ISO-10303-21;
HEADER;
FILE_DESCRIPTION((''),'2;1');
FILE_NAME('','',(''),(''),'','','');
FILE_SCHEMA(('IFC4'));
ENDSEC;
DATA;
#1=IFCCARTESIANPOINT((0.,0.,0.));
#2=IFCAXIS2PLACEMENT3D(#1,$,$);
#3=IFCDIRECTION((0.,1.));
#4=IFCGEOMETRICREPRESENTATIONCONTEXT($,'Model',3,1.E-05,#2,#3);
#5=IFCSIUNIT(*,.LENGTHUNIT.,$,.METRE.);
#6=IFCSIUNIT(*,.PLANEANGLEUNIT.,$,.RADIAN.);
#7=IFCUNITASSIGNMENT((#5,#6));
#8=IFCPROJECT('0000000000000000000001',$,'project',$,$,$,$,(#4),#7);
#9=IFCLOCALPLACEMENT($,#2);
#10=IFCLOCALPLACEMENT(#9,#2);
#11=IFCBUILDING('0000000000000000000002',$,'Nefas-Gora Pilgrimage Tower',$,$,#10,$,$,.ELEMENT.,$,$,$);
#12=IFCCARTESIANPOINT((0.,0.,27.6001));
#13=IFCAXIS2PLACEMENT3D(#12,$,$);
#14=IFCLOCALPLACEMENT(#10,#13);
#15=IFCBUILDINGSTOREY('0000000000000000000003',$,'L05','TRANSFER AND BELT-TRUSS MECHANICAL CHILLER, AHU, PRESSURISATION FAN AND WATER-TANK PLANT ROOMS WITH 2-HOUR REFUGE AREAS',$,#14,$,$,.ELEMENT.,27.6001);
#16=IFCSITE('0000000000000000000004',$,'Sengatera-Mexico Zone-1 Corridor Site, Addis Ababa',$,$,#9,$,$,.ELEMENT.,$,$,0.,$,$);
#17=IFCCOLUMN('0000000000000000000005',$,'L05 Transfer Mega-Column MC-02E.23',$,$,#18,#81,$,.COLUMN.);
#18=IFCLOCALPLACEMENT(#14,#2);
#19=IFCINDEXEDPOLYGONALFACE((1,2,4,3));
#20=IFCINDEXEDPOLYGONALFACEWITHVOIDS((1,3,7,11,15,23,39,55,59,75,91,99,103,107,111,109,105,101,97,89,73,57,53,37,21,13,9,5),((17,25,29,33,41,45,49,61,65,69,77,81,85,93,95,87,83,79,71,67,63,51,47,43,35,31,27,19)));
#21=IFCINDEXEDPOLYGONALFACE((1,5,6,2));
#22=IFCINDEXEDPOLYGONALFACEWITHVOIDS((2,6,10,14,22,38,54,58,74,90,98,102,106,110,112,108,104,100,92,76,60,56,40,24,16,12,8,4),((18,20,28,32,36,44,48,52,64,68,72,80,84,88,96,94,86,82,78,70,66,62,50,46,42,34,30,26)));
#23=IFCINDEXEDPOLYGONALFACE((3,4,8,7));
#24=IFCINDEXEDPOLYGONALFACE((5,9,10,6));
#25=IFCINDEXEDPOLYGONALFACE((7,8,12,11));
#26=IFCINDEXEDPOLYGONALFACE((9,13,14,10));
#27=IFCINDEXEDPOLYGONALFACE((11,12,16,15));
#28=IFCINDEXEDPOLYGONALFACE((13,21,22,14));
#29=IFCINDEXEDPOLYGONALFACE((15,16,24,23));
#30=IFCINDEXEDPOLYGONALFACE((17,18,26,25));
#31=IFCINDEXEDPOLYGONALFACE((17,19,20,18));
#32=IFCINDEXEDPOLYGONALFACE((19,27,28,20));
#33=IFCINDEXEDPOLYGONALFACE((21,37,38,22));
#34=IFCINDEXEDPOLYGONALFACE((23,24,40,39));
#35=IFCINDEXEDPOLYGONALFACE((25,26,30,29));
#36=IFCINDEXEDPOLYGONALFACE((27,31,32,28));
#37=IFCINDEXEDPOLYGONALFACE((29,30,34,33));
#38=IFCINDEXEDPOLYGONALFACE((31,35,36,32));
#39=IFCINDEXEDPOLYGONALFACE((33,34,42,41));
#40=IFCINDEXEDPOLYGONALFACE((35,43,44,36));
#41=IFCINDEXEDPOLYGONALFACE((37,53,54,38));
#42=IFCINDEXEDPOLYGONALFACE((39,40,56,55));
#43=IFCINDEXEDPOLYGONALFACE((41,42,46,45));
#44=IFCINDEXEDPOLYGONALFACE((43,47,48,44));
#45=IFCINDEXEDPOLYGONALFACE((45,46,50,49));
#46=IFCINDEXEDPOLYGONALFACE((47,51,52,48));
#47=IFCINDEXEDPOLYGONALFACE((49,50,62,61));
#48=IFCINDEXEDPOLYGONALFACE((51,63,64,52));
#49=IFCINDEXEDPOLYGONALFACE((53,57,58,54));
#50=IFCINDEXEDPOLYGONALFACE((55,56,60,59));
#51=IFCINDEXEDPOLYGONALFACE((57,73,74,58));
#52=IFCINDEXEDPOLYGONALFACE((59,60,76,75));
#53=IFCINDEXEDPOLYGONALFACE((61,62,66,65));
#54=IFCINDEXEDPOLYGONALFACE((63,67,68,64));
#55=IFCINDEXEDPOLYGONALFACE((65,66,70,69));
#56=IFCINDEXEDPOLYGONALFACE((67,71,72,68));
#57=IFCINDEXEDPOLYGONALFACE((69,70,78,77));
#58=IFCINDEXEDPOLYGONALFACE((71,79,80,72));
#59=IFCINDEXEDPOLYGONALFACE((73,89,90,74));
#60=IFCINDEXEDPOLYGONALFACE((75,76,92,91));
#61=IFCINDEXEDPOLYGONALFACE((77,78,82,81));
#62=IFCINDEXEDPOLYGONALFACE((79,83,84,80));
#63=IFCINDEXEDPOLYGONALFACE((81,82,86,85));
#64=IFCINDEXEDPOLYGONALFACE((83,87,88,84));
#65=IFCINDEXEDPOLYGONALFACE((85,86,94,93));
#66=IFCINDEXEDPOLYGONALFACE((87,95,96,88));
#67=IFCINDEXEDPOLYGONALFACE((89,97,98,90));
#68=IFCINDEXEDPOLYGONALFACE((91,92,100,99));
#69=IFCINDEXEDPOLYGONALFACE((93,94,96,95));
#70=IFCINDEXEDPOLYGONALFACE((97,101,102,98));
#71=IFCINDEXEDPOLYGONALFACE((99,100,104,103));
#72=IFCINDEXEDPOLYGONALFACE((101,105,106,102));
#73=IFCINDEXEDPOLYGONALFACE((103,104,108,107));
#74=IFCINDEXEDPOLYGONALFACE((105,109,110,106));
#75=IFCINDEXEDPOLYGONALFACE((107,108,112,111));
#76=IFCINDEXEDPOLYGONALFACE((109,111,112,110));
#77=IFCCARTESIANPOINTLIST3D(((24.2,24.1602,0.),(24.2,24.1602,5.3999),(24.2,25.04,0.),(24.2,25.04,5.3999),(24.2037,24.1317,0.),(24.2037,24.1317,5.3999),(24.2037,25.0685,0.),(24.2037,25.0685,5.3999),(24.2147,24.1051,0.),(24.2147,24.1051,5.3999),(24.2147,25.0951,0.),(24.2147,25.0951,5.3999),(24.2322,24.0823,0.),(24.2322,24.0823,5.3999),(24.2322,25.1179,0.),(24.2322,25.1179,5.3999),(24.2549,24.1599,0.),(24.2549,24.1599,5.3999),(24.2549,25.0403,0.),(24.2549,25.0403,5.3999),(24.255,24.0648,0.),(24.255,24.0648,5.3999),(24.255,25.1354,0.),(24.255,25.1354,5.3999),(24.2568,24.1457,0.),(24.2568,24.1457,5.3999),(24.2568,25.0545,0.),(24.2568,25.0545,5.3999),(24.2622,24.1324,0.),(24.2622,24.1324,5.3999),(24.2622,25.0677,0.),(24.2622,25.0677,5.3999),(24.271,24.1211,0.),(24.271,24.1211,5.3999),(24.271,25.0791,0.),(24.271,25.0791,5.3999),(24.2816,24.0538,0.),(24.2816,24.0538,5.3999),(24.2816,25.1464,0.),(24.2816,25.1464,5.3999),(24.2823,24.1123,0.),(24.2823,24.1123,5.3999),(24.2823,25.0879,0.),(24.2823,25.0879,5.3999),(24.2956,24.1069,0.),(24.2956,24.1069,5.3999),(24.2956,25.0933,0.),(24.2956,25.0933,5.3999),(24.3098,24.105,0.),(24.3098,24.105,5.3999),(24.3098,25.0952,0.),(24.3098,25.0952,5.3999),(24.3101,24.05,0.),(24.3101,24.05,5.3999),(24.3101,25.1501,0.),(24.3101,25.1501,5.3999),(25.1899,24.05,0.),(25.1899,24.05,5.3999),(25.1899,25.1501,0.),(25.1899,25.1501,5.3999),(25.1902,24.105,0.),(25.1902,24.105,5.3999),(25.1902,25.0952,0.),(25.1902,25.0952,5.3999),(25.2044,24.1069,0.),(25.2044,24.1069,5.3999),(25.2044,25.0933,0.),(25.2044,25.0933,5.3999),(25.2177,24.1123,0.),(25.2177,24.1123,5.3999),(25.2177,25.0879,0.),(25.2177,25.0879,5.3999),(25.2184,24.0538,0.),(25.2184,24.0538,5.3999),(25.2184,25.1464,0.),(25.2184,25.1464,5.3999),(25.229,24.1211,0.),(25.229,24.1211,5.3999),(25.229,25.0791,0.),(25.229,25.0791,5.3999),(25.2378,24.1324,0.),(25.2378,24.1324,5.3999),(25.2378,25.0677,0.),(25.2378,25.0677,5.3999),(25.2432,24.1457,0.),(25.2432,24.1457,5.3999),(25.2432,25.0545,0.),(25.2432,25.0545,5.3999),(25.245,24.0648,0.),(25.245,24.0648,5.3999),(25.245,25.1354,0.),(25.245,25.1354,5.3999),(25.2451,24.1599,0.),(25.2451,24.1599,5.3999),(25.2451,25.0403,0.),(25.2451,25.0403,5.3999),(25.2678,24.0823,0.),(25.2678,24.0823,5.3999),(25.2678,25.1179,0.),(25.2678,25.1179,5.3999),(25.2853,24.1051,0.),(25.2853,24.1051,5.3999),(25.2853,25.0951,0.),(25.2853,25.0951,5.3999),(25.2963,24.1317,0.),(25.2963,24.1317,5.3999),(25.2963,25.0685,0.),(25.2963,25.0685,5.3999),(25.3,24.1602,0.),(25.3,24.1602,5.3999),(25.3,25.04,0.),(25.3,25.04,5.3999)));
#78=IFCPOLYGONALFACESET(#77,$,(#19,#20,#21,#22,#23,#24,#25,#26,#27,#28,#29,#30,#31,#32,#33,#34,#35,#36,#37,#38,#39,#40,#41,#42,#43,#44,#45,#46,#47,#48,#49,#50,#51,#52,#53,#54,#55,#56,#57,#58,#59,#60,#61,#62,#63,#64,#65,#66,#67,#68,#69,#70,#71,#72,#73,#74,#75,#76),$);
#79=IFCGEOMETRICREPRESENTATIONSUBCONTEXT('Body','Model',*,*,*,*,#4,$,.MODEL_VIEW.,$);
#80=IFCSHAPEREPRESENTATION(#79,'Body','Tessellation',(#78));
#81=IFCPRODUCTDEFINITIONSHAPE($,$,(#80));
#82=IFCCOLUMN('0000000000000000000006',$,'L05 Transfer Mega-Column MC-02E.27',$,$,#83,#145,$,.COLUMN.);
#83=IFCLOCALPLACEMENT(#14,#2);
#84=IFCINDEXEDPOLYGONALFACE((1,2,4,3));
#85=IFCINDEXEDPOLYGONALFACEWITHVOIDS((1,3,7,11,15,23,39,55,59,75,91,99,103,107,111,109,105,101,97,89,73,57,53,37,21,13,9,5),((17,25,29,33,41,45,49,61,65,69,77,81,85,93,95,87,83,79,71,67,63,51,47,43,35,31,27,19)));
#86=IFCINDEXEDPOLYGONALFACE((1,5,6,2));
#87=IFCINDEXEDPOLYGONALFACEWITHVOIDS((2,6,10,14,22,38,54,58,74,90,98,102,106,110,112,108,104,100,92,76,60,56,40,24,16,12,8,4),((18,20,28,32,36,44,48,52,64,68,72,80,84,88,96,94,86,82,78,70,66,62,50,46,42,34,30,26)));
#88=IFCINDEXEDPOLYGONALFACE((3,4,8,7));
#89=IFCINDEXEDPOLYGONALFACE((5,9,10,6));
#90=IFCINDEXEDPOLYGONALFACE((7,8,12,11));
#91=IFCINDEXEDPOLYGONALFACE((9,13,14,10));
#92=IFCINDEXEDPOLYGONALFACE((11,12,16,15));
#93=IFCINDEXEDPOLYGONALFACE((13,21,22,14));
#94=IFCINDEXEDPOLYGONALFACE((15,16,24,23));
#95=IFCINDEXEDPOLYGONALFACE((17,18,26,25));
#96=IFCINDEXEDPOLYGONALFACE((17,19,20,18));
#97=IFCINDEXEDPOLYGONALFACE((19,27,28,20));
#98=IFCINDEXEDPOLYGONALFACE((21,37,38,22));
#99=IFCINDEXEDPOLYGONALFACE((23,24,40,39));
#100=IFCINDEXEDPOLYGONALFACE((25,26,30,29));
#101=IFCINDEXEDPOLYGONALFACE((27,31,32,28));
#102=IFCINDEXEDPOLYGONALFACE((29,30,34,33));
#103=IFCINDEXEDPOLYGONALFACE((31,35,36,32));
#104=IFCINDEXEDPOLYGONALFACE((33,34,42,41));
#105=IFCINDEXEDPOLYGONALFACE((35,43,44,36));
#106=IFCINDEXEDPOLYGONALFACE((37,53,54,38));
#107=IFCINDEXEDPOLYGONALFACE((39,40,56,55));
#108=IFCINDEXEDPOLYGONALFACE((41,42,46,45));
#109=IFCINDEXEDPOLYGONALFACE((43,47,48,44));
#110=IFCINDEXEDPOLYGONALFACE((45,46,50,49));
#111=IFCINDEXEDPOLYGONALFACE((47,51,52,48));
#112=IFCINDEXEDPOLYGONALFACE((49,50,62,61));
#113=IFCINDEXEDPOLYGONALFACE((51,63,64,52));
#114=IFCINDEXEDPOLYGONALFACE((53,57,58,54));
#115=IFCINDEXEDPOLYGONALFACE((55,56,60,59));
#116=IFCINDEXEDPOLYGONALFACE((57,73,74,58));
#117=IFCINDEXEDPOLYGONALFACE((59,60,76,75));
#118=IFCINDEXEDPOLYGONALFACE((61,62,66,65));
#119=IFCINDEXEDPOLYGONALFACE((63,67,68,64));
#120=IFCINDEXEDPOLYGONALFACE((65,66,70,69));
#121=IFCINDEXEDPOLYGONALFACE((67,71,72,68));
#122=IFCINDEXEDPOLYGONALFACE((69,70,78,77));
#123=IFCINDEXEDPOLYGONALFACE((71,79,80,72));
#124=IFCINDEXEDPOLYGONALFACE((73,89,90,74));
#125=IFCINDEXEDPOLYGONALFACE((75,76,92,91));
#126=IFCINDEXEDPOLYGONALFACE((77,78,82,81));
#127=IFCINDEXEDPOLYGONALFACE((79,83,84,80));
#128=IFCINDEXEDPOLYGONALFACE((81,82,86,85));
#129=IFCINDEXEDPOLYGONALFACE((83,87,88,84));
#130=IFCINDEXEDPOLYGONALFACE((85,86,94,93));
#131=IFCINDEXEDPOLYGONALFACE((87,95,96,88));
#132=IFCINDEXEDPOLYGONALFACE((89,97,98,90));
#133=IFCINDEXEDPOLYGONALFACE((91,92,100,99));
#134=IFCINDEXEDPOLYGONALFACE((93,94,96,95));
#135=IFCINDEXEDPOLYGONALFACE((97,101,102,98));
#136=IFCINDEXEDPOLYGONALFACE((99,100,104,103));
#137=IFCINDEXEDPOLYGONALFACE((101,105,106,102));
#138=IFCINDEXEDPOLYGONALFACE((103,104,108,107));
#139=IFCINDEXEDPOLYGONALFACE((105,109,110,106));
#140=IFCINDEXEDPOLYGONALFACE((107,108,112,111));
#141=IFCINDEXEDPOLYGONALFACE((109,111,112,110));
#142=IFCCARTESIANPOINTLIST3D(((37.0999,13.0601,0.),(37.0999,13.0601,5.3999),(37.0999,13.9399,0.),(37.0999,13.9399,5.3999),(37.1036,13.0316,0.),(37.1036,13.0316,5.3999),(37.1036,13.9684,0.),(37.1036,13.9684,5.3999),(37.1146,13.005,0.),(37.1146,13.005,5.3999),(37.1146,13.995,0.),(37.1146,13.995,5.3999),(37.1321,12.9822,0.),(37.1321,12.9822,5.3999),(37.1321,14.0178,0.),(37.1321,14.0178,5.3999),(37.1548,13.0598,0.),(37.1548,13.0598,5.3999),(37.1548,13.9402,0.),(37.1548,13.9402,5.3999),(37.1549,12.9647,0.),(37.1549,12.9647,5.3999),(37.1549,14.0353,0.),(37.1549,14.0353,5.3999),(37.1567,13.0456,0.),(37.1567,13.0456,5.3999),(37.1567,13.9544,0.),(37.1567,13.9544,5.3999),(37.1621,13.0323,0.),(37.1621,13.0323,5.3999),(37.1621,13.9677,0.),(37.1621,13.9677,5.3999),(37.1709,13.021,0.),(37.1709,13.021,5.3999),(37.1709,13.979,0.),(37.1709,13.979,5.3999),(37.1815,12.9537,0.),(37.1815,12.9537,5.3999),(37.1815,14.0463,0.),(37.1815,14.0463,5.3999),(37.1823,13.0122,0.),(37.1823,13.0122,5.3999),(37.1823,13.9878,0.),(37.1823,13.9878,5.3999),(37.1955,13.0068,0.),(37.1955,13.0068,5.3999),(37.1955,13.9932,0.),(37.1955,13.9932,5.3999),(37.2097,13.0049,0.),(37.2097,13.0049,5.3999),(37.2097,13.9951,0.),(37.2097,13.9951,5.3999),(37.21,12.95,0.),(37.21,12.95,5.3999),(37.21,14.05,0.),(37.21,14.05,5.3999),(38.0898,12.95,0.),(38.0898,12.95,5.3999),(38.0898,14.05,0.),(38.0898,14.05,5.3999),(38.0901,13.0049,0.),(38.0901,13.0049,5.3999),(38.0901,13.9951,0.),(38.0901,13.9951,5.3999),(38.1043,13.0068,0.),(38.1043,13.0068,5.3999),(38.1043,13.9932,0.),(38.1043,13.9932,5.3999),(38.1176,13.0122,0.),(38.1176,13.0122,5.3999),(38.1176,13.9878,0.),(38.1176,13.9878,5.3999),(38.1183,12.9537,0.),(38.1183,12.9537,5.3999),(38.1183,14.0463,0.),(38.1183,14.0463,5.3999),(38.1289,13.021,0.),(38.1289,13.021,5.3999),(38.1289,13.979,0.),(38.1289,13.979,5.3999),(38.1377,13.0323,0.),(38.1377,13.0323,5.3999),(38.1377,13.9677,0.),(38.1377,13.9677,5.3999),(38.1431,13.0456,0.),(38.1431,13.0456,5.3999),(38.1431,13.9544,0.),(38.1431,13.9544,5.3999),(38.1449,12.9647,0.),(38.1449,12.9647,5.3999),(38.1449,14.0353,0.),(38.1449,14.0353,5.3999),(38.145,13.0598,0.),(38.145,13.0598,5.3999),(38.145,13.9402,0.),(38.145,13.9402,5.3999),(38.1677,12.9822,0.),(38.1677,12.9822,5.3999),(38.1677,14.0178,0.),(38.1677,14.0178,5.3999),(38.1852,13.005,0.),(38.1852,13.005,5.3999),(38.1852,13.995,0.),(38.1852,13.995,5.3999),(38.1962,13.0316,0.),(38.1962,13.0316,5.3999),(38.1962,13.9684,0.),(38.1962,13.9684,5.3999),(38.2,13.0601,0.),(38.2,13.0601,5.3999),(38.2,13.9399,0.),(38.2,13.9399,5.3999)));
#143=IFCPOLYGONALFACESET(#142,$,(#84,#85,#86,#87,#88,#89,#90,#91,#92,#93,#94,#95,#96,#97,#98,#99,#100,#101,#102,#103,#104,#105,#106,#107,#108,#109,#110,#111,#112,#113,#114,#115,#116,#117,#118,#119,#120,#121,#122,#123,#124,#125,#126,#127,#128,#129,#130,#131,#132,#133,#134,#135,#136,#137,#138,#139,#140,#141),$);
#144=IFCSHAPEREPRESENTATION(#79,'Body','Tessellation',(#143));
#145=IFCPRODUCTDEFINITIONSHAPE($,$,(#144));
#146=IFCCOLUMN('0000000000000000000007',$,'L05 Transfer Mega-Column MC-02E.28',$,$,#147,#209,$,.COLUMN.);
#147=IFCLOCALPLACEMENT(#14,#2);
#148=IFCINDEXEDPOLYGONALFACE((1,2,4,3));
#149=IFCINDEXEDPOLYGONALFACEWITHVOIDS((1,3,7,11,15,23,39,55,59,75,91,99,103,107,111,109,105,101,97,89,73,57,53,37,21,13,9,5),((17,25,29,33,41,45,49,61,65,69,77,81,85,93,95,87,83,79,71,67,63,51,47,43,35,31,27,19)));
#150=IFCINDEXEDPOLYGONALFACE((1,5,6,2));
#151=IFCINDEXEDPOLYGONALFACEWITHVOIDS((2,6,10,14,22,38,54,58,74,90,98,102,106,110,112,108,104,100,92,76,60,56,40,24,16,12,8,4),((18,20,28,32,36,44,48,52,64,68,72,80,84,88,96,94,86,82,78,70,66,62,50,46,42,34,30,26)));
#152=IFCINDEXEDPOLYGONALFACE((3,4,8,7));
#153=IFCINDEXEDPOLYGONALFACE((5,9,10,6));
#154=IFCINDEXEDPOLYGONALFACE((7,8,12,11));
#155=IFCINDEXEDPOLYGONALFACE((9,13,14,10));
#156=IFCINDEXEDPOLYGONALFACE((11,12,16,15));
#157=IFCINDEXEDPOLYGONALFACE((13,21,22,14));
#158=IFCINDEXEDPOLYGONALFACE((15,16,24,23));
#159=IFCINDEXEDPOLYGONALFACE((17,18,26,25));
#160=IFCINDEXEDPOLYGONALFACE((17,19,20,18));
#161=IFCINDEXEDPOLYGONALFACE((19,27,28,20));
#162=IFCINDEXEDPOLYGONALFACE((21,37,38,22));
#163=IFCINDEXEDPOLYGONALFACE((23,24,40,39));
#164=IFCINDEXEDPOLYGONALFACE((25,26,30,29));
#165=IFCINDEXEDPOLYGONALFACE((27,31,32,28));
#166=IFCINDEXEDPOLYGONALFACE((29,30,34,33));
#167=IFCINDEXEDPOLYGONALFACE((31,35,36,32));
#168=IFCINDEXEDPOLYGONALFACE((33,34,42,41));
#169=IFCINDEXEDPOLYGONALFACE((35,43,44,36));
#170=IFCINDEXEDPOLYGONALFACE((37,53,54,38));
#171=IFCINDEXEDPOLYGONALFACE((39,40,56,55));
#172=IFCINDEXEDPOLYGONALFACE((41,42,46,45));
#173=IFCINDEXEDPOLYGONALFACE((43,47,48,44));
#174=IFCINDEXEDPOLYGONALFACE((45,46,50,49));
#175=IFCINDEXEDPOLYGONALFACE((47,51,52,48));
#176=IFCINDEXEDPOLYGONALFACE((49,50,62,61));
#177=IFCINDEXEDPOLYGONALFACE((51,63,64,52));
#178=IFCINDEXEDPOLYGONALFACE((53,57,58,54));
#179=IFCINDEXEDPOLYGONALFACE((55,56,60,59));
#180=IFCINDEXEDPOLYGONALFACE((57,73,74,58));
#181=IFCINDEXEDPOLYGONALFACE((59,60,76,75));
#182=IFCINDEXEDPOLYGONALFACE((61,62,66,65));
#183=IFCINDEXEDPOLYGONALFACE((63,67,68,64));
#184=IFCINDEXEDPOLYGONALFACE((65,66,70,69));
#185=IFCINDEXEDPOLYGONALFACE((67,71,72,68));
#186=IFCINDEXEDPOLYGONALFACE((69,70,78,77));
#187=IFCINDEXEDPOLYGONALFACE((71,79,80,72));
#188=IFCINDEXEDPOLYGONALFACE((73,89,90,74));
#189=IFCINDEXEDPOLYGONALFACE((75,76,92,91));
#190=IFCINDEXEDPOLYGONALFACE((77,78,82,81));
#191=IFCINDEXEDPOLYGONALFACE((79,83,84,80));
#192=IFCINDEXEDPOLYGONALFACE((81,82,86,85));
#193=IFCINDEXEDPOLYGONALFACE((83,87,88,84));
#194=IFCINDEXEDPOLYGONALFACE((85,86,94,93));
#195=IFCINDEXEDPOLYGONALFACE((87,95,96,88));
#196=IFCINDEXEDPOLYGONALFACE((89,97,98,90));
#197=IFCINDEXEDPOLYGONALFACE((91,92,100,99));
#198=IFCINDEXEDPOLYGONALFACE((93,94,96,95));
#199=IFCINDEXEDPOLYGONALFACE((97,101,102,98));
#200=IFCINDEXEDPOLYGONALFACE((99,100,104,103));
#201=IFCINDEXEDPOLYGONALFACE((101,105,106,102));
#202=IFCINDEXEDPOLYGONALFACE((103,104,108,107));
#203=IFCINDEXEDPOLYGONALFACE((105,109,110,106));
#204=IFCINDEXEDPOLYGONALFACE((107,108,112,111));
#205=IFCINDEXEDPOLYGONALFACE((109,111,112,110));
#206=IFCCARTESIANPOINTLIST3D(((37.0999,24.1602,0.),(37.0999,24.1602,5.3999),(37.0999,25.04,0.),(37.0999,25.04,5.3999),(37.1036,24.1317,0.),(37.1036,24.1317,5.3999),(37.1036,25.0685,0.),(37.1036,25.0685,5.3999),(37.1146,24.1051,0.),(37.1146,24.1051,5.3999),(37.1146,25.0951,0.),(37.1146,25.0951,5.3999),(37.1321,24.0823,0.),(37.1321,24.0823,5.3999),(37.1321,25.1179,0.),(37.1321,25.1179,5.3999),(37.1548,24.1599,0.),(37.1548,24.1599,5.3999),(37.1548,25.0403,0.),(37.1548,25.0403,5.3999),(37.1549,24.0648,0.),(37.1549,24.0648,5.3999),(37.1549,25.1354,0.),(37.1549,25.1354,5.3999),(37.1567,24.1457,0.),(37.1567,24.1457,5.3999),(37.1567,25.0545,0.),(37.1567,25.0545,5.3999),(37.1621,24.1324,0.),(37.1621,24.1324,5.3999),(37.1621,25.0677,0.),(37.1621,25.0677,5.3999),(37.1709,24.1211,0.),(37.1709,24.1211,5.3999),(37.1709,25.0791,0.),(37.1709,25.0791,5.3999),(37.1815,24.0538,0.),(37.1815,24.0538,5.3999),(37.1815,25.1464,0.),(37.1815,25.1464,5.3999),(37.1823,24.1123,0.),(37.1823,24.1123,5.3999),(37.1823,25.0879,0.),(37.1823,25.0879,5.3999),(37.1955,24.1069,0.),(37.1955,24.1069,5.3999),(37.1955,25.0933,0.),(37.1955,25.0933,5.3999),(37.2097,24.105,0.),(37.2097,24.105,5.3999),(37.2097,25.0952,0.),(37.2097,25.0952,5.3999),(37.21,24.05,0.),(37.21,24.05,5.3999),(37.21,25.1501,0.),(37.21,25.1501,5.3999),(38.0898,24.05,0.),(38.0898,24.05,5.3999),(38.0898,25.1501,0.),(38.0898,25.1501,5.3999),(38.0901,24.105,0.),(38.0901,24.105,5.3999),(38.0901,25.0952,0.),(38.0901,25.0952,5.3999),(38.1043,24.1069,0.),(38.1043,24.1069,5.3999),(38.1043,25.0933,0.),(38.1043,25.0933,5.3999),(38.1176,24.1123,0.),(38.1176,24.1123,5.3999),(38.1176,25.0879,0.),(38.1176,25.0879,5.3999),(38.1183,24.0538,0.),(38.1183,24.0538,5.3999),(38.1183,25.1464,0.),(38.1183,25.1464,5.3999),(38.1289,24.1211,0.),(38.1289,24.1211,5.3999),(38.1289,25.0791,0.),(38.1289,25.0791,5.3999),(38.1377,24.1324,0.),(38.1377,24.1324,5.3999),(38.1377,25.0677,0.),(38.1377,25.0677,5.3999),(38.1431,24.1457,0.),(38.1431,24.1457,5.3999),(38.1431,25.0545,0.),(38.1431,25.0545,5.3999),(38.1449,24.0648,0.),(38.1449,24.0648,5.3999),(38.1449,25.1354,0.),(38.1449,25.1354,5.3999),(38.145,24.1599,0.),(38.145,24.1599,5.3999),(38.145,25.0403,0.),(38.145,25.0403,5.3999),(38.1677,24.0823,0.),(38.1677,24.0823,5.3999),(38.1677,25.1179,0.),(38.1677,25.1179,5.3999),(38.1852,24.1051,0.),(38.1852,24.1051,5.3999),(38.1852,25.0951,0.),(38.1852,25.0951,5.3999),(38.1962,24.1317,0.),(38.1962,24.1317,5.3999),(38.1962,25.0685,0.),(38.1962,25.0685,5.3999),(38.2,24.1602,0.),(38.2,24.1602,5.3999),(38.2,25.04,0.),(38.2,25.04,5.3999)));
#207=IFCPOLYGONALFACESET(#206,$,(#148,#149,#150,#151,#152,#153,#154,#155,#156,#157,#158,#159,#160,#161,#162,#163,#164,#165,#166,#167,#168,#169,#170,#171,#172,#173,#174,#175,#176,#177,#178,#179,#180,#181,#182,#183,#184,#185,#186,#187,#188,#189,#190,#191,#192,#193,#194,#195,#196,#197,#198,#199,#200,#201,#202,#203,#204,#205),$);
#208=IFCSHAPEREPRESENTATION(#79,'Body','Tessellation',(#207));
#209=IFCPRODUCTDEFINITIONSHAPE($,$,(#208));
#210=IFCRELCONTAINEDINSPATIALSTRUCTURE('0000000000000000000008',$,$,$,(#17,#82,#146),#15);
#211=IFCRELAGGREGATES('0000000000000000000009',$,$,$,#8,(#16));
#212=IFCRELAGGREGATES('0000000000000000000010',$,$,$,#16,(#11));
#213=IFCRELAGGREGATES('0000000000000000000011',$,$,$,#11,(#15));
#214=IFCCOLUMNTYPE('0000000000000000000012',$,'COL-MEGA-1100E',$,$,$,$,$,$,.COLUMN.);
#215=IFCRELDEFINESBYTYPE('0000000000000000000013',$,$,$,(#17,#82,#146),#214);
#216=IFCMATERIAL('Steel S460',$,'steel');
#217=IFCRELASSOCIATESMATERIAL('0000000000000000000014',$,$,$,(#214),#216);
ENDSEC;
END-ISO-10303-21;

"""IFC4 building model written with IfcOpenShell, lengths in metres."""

from ifc_helpers import new_model, si_unit, direction, frame, origin, origin_2d, place, context, subcontext, project, spatial, hollow_rectangle, extrude, source, transform, mapped, material, material_profile, profile_set, type_object, element, save


model = new_model("IFC4")

# Units and contexts
model_context = context("Model", 3, precision=1e-05, world=origin(), true_north=direction((0.0, 1.0)))
body_context = subcontext(model_context, "Body", "Model", "MODEL_VIEW")
ifc_project = project(units=[si_unit("LENGTHUNIT", "METRE"), si_unit("PLANEANGLEUNIT", "RADIAN")], contexts=[model_context])

# Site, building, storey
site_placement = place(None, origin())
site = spatial("IfcSite", under=ifc_project, at=site_placement, Name="Sengatera-Mexico Zone-1 Corridor Site, Addis Ababa", CompositionType="ELEMENT", RefElevation=0.0)
building_placement = place(site_placement, origin())
building = spatial("IfcBuilding", under=site, at=building_placement, Name="Nefas-Gora Pilgrimage Tower", CompositionType="ELEMENT")
storey_placement = place(building_placement, frame((0.0, 0.0, 27.6001)))
storey = spatial("IfcBuildingStorey", under=building, at=storey_placement, Name="L05", Description="TRANSFER AND BELT-TRUSS MECHANICAL CHILLER, AHU, PRESSURISATION FAN AND WATER-TANK PLANT ROOMS WITH 2-HOUR REFUGE AREAS", CompositionType="ELEMENT", Elevation=27.6001)

# Columns
ifc_material_1 = material(Name="Steel S460", Category="steel")
ifc_material_profile_1 = material_profile(ifc_material_1, hollow_rectangle(XDim=1.1001, YDim=1.1001, WallThickness=0.0549, InnerFilletRadius=0.0549, OuterFilletRadius=0.1101, at=origin_2d()), Name="BOX 1100x1100x55")
ifc_profile_set_1 = profile_set([ifc_material_profile_1], Name="Steel S460")
column_type_1 = type_object("IfcColumnType", Name="COL-MEGA-1100E", PredefinedType="COLUMN", material=ifc_profile_set_1)
shared_shape_1 = source(origin(), body_context, "Body", "SweptSolid", [
    extrude(hollow_rectangle(XDim=1.1001, YDim=1.1001, WallThickness=0.0549, InnerFilletRadius=0.0549, OuterFilletRadius=0.1101, at=origin_2d()), origin(), (0.0, 0.0, 1.0), 5.3999),
])
for number, where, z_axis, x_axis, name in (
    (1, (24.75, 24.6001, 0.0), (0.0, 0.0, 1.0), (1.0, 0.0, 0.0), "L05 Transfer Mega-Column MC-02E.23"),
    (2, (37.6499, 13.5, 0.0), (0.0, 0.0, 1.0), (1.0, 0.0, 0.0), "L05 Transfer Mega-Column MC-02E.27"),
    (3, (37.6499, 24.6001, 0.0), (0.0, 0.0, 1.0), (1.0, 0.0, 0.0), "L05 Transfer Mega-Column MC-02E.28"),
):
    element("IfcColumn", number, at=place(storey_placement, frame(where, z_axis=z_axis, x_axis=x_axis)), inside=storey, type_object=column_type_1, Name=name, PredefinedType="COLUMN", context=body_context, shape_type="MappedRepresentation", body=[
        mapped(shared_shape_1, transform((0.0, 0.0, 0.0), x_axis=(1.0, 0.0, 0.0), y_axis=(0.0, 1.0, 0.0), z_axis=(0.0, 0.0, 1.0), scale=1.0)),
    ])

save(model, "model.ifc")
